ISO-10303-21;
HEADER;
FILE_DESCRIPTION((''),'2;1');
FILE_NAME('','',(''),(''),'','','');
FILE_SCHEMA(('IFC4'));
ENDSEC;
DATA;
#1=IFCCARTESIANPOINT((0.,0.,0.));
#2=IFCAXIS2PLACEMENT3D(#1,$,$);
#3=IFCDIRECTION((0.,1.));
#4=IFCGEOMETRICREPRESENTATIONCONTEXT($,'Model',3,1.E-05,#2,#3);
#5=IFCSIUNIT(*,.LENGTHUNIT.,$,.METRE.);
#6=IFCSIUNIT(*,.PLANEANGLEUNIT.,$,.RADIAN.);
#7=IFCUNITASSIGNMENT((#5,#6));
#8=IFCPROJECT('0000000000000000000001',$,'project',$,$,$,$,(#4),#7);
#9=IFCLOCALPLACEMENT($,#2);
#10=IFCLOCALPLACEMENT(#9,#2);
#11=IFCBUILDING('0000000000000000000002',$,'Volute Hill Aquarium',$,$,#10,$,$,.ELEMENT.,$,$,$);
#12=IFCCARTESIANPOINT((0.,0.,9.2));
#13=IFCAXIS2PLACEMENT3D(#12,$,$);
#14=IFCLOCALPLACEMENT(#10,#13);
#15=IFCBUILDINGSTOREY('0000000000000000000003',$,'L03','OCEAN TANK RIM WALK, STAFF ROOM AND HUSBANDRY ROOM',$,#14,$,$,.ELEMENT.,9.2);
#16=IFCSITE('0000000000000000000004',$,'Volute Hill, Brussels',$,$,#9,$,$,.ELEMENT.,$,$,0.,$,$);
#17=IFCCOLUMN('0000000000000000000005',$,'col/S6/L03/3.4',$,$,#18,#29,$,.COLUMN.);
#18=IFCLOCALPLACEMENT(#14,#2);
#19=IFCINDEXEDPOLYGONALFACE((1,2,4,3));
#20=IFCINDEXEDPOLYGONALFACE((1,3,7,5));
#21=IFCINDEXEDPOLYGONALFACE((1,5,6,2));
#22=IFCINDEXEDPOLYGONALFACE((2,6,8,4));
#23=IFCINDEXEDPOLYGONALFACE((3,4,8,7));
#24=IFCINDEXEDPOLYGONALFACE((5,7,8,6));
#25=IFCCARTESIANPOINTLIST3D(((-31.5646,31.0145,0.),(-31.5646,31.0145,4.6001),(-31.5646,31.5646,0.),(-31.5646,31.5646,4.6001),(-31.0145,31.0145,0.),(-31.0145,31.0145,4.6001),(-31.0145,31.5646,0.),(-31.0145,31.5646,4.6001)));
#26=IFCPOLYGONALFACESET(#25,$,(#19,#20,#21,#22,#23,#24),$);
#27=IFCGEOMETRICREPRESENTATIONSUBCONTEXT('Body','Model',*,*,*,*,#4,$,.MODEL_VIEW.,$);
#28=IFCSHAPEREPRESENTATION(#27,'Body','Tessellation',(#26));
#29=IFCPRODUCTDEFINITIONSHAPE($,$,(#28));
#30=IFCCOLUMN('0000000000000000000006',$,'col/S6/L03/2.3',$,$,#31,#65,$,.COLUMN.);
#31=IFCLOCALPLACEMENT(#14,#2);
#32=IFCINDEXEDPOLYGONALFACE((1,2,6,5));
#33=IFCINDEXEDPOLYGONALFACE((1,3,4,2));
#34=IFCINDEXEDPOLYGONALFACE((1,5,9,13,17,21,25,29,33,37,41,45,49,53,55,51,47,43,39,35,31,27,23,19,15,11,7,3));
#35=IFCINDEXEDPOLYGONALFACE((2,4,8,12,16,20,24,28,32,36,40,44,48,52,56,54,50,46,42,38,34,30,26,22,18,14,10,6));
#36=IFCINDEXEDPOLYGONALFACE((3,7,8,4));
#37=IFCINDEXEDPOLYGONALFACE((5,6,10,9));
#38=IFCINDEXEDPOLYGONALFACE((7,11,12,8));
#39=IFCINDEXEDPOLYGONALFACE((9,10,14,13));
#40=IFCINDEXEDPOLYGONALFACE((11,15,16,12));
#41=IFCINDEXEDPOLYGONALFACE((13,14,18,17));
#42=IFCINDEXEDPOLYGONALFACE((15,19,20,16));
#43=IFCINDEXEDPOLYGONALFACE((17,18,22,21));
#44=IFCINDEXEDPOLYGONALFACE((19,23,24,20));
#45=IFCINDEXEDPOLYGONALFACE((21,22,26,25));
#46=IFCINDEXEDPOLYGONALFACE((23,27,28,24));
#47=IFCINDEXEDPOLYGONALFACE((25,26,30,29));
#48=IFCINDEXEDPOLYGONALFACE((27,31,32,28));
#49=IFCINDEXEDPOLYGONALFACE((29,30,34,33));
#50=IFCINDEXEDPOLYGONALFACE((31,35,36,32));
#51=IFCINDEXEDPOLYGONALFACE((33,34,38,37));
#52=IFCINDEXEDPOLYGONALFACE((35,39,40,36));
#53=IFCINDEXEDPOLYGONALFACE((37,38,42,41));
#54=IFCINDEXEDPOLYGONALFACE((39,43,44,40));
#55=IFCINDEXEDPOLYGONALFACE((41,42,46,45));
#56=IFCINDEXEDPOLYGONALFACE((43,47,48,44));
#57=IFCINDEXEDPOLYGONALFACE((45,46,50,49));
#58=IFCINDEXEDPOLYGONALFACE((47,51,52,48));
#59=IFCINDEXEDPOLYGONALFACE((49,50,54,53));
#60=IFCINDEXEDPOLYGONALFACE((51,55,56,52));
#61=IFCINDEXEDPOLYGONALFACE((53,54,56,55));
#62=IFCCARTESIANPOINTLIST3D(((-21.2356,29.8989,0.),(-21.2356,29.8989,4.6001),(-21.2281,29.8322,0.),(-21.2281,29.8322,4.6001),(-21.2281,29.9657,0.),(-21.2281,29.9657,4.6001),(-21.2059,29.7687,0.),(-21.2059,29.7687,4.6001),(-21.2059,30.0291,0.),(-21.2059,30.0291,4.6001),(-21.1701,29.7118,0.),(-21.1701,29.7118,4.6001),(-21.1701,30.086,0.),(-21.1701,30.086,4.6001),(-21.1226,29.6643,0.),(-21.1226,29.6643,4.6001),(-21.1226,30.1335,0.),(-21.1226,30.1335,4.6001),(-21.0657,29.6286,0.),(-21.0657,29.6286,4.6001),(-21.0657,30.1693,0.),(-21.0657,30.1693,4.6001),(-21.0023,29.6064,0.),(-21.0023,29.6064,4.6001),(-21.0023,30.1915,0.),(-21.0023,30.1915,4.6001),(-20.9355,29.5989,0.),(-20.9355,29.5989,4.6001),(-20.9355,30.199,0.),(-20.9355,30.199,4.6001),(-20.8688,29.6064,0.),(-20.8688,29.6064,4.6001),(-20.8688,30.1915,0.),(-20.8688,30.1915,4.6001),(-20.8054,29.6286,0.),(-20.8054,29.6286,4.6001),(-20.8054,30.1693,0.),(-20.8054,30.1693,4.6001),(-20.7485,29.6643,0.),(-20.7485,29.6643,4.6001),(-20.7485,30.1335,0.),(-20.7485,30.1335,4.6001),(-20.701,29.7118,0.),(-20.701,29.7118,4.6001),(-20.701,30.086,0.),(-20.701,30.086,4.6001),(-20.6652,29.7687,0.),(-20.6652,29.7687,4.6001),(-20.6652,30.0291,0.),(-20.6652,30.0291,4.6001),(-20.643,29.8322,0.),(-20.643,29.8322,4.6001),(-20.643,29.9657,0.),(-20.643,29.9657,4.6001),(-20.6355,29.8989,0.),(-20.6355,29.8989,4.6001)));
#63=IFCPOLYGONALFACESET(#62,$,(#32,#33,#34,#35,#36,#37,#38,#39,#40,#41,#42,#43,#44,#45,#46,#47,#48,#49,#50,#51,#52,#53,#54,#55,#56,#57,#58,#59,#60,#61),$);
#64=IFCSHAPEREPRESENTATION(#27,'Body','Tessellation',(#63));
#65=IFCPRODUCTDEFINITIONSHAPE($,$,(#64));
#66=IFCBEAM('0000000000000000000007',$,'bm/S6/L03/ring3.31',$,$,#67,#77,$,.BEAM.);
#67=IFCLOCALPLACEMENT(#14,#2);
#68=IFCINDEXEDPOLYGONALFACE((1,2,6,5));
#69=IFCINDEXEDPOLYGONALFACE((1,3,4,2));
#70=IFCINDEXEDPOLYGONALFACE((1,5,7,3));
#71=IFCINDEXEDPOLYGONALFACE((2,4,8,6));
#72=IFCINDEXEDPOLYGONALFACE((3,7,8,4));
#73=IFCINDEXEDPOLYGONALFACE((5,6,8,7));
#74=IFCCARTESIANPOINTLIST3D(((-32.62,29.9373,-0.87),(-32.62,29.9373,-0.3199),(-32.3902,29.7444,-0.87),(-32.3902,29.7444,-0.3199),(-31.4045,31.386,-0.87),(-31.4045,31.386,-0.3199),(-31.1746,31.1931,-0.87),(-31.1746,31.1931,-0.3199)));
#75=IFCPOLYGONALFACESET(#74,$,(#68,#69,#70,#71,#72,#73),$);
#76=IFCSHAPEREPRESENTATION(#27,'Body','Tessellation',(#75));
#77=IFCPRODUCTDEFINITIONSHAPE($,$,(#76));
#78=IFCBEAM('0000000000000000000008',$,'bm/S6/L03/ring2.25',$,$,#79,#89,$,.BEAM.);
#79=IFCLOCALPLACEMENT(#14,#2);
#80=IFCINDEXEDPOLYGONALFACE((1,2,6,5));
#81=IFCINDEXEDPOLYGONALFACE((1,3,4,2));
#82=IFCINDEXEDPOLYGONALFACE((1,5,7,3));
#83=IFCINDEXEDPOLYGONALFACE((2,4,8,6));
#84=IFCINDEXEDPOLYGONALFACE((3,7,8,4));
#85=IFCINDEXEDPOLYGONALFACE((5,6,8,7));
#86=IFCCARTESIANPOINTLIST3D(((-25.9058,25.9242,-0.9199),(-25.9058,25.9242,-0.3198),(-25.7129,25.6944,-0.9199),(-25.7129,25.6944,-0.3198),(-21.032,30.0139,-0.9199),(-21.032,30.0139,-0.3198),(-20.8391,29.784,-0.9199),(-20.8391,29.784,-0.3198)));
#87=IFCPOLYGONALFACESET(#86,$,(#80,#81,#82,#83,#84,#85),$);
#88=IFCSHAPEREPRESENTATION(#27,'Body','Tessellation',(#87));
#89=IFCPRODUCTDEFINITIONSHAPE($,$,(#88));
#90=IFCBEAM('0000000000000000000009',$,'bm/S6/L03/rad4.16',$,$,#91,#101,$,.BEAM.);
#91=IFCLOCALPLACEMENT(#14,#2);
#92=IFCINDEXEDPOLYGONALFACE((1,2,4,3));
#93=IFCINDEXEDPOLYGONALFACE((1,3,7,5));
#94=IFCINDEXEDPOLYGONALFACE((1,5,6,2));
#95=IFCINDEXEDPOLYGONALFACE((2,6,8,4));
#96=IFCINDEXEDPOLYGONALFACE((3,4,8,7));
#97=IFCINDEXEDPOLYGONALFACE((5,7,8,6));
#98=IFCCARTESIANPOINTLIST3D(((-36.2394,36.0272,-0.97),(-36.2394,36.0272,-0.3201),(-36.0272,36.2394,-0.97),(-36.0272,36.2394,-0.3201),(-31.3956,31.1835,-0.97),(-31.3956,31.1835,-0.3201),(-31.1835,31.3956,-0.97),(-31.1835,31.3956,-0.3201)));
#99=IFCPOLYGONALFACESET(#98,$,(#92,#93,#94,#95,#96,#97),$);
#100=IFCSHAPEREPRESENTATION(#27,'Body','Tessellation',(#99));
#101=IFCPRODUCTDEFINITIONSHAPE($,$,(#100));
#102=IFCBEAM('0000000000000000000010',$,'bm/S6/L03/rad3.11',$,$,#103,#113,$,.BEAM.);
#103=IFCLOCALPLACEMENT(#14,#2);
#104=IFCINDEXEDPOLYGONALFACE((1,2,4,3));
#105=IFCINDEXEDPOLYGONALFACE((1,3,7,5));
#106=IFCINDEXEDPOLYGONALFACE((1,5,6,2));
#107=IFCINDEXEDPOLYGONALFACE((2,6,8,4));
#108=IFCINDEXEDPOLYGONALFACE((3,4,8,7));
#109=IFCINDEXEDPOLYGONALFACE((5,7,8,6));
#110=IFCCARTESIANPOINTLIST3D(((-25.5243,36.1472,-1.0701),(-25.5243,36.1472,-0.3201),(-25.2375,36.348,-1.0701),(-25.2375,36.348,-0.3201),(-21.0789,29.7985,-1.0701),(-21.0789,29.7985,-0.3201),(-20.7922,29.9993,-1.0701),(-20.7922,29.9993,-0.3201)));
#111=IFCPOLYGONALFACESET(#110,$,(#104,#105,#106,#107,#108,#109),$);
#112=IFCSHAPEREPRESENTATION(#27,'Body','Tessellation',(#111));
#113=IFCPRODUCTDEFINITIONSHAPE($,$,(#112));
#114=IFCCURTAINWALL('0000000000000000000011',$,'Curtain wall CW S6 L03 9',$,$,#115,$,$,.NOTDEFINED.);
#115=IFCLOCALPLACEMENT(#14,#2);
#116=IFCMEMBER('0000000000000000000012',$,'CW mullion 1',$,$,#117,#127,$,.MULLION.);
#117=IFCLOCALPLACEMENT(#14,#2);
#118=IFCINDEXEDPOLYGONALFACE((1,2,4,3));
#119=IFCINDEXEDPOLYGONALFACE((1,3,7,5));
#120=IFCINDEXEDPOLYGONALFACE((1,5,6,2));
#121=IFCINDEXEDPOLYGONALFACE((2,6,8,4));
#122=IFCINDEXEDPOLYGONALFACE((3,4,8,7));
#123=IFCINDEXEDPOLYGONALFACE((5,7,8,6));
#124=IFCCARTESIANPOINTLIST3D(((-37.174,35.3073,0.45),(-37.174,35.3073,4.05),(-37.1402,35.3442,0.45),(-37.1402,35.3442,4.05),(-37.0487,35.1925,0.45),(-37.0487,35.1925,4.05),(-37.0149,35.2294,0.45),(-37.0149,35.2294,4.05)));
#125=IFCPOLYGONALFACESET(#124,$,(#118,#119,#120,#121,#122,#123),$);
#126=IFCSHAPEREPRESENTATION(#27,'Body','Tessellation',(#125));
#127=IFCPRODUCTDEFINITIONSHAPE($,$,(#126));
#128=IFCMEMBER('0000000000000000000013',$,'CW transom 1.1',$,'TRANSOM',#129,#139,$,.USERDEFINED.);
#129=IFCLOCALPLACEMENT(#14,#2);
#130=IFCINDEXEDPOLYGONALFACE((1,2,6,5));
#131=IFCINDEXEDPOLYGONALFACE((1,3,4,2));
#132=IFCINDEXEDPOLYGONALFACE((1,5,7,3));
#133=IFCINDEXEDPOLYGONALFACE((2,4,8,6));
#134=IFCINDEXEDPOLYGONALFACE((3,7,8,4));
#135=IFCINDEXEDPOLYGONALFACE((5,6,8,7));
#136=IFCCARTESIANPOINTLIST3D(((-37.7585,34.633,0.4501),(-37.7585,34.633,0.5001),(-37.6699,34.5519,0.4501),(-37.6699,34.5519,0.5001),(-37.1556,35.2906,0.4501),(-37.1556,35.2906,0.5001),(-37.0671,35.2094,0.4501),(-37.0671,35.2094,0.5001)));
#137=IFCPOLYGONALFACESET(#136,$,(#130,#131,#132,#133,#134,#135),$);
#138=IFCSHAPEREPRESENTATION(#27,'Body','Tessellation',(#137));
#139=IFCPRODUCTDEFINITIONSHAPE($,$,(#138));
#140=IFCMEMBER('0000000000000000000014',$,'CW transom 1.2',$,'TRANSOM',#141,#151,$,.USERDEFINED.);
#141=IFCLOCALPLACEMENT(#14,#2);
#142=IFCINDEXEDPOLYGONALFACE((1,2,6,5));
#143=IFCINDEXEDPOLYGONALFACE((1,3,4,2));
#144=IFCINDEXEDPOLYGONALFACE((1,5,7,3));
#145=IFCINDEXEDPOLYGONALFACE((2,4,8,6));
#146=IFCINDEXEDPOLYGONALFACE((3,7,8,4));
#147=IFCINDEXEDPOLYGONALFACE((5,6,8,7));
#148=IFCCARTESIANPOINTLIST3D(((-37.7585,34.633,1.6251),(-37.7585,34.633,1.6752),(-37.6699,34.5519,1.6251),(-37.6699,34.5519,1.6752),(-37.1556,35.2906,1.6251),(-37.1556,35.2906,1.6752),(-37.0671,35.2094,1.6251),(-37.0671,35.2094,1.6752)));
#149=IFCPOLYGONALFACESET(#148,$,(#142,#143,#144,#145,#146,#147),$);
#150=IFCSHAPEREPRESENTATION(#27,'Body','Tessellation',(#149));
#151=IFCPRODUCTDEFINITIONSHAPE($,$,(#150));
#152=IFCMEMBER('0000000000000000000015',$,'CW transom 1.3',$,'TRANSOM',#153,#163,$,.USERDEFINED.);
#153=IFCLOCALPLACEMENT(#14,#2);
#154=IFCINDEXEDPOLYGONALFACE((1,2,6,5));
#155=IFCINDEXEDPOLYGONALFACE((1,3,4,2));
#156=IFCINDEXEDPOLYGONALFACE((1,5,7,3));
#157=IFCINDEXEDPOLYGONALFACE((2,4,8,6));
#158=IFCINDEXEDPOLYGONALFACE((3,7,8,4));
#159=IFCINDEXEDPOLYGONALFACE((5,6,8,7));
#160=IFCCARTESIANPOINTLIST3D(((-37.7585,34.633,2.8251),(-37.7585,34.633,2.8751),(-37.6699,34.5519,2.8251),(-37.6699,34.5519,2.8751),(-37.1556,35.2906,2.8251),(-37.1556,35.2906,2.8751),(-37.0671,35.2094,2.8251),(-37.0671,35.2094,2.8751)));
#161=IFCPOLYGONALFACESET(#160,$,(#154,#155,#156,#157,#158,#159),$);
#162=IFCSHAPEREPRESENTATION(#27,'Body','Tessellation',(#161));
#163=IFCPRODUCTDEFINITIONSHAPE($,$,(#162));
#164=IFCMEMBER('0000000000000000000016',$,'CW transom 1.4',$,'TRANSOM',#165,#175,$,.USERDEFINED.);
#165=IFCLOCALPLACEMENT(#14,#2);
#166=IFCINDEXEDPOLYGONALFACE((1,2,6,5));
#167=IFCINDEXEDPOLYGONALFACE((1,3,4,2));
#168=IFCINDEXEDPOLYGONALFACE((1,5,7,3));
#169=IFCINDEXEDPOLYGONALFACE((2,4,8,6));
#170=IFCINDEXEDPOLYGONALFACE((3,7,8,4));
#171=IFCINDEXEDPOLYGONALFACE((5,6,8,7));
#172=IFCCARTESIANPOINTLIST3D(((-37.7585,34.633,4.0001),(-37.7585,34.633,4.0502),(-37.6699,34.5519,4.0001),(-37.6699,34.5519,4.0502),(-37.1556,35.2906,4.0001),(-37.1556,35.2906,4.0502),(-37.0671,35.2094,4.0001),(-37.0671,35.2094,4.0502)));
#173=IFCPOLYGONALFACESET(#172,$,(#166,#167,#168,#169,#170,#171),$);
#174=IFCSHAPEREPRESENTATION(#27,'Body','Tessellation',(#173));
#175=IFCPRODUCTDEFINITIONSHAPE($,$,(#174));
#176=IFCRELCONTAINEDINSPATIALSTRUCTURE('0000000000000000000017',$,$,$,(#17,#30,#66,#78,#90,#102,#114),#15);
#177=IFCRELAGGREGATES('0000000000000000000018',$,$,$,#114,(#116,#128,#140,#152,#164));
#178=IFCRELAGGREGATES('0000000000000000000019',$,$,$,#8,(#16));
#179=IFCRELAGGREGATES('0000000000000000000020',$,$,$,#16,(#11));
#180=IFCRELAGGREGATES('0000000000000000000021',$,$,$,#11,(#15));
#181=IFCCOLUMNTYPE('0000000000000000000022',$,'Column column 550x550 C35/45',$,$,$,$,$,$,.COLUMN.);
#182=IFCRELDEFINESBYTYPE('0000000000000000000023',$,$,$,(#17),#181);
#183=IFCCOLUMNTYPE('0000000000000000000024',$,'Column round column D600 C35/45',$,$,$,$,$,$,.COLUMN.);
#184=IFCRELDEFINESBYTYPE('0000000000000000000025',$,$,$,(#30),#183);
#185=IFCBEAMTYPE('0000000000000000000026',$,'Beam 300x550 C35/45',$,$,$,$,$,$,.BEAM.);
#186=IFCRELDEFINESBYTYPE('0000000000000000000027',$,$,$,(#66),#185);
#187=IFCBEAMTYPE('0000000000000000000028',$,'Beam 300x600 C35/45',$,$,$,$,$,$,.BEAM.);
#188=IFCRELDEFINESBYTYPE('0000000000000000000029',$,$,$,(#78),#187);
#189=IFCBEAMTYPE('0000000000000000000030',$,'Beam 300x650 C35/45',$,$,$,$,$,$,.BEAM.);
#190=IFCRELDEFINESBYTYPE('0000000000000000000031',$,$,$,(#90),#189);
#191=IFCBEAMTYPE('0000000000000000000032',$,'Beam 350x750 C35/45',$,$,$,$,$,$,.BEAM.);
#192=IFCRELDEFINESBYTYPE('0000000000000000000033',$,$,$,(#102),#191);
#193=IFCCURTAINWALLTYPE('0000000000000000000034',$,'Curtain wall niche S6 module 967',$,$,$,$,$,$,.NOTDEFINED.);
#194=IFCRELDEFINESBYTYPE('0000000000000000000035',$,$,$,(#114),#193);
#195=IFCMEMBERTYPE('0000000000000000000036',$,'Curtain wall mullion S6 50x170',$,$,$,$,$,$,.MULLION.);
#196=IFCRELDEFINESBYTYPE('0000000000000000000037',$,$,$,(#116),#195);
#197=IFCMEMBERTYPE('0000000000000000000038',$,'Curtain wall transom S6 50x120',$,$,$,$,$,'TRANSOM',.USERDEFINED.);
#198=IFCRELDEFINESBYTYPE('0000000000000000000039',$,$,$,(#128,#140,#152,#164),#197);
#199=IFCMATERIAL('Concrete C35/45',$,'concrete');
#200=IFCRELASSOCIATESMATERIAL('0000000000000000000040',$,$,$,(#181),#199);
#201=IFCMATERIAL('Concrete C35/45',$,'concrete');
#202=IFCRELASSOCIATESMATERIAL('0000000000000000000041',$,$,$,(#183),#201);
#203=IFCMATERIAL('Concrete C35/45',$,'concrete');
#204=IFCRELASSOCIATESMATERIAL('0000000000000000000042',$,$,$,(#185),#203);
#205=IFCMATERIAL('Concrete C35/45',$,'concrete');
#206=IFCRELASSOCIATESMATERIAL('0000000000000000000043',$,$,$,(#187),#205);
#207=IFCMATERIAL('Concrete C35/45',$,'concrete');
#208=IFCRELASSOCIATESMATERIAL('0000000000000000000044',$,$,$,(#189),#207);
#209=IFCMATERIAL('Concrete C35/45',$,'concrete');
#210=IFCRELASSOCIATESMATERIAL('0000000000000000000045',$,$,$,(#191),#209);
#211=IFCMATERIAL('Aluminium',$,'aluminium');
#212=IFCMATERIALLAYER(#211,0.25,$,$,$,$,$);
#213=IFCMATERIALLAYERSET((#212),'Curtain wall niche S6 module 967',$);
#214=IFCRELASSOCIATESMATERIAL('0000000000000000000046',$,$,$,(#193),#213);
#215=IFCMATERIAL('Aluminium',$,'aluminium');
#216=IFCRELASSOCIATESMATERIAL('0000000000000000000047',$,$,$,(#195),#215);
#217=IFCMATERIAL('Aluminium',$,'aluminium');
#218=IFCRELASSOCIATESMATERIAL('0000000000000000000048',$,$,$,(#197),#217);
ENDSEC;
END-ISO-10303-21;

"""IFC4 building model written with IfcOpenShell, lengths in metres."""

from ifc_helpers import new_model, si_unit, direction, frame, origin, origin_2d, place, context, subcontext, project, spatial, rectangle, circle, extrude, material, layer, layer_set, material_profile, profile_set, type_object, element, aggregate, save


model = new_model("IFC4")

# Units and contexts
model_context = context("Model", 3, precision=1e-05, world=origin(), true_north=direction((0.0, 1.0)))
body_context = subcontext(model_context, "Body", "Model", "MODEL_VIEW")
ifc_project = project(units=[si_unit("LENGTHUNIT", "METRE"), si_unit("PLANEANGLEUNIT", "RADIAN")], contexts=[model_context])

# Site, building, storey
site_placement = place(None, origin())
site = spatial("IfcSite", under=ifc_project, at=site_placement, Name="Volute Hill, Brussels", CompositionType="ELEMENT", RefElevation=0.0)
building_placement = place(site_placement, origin())
building = spatial("IfcBuilding", under=site, at=building_placement, Name="Volute Hill Aquarium", CompositionType="ELEMENT")
storey_placement = place(building_placement, frame((0.0, 0.0, 9.2)))
storey = spatial("IfcBuildingStorey", under=building, at=storey_placement, Name="L03", Description="OCEAN TANK RIM WALK, STAFF ROOM AND HUSBANDRY ROOM", CompositionType="ELEMENT", Elevation=9.2)

# Columns
ifc_material_1 = material(Name="Concrete C35/45", Category="concrete")
ifc_material_profile_1 = material_profile(ifc_material_1, rectangle(XDim=0.55, YDim=0.55, at=origin_2d()), Name="RC column 550x550")
ifc_profile_set_1 = profile_set([ifc_material_profile_1], Name="Concrete C35/45")
column_type_1 = type_object("IfcColumnType", Name="Column column 550x550 C35/45", PredefinedType="COLUMN", material=ifc_profile_set_1)
column_1_placement = place(storey_placement, frame((-31.2896, 31.2896, 0.0), z_axis=(0.0, 0.0, 1.0), x_axis=(1.0, 0.0, 0.0)))
element("IfcColumn", 1, at=column_1_placement, inside=storey, type_object=column_type_1, Name="col/S6/L03/3.4", PredefinedType="COLUMN", context=body_context, shape_type="SweptSolid", body=[
    extrude(rectangle(XDim=0.55, YDim=0.55, at=origin_2d()), origin(), (0.0, 0.0, 1.0), 4.6001),
])
ifc_material_2 = material(Name="Concrete C35/45", Category="concrete")
ifc_material_profile_2 = material_profile(ifc_material_2, circle(Radius=0.3, at=origin_2d()), Name="RC round column D600")
ifc_profile_set_2 = profile_set([ifc_material_profile_2], Name="Concrete C35/45")
column_type_2 = type_object("IfcColumnType", Name="Column round column D600 C35/45", PredefinedType="COLUMN", material=ifc_profile_set_2)
column_2_placement = place(storey_placement, frame((-20.9355, 29.8989, 0.0), z_axis=(0.0, 0.0, 1.0), x_axis=(1.0, 0.0, 0.0)))
element("IfcColumn", 2, at=column_2_placement, inside=storey, type_object=column_type_2, Name="col/S6/L03/2.3", PredefinedType="COLUMN", context=body_context, shape_type="SweptSolid", body=[
    extrude(circle(Radius=0.3, at=origin_2d()), origin(), (0.0, 0.0, 1.0), 4.6001),
])

# Beams
ifc_material_3 = material(Name="Concrete C35/45", Category="concrete")
ifc_material_profile_3 = material_profile(ifc_material_3, rectangle(XDim=0.3, YDim=0.55, at=origin_2d()), Name="RC beam 300x550")
ifc_profile_set_3 = profile_set([ifc_material_profile_3], Name="Concrete C35/45")
beam_type_1 = type_object("IfcBeamType", Name="Beam 300x550 C35/45", PredefinedType="BEAM", material=ifc_profile_set_3)
beam_1_placement = place(storey_placement, frame((-31.2896, 31.2896, -0.595), z_axis=(-0.642771, -0.766058, 0.0), x_axis=(0.766058, -0.642771, 0.0)))
element("IfcBeam", 3, at=beam_1_placement, inside=storey, type_object=beam_type_1, Name="bm/S6/L03/ring3.31", PredefinedType="BEAM", context=body_context, shape_type="SweptSolid", body=[
    extrude(rectangle(XDim=0.3, YDim=0.55, at=origin_2d()), origin(), (0.0, 0.0, 1.0), 1.8911),
])
ifc_material_4 = material(Name="Concrete C35/45", Category="concrete")
ifc_material_profile_4 = material_profile(ifc_material_4, rectangle(XDim=0.3, YDim=0.6001, at=origin_2d()), Name="RC beam 300x600")
ifc_profile_set_4 = profile_set([ifc_material_profile_4], Name="Concrete C35/45")
beam_type_2 = type_object("IfcBeamType", Name="Beam 300x600 C35/45", PredefinedType="BEAM", material=ifc_profile_set_4)
beam_2_placement = place(storey_placement, frame((-20.9355, 29.8989, -0.6199), z_axis=(-0.766043, -0.642789, 0.0), x_axis=(0.642789, -0.766043, 0.0)))
element("IfcBeam", 4, at=beam_2_placement, inside=storey, type_object=beam_type_2, Name="bm/S6/L03/ring2.25", PredefinedType="BEAM", context=body_context, shape_type="SweptSolid", body=[
    extrude(rectangle(XDim=0.3, YDim=0.6001, at=origin_2d()), origin(), (0.0, 0.0, 1.0), 6.3623),
])
ifc_material_5 = material(Name="Concrete C35/45", Category="concrete")
ifc_material_profile_5 = material_profile(ifc_material_5, rectangle(XDim=0.3, YDim=0.6499, at=origin_2d()), Name="RC beam 300x650")
ifc_profile_set_5 = profile_set([ifc_material_profile_5], Name="Concrete C35/45")
beam_type_3 = type_object("IfcBeamType", Name="Beam 300x650 C35/45", PredefinedType="BEAM", material=ifc_profile_set_5)
beam_3_placement = place(storey_placement, frame((-31.2896, 31.2896, -0.645), z_axis=(-0.707107, 0.707107, 0.0), x_axis=(-0.707107, -0.707107, 0.0)))
element("IfcBeam", 5, at=beam_3_placement, inside=storey, type_object=beam_type_3, Name="bm/S6/L03/rad4.16", PredefinedType="BEAM", context=body_context, shape_type="SweptSolid", body=[
    extrude(rectangle(XDim=0.3, YDim=0.6499, at=origin_2d()), origin(), (0.0, 0.0, 1.0), 6.8501),
])
ifc_material_6 = material(Name="Concrete C35/45", Category="concrete")
ifc_material_profile_6 = material_profile(ifc_material_6, rectangle(XDim=0.3501, YDim=0.75, at=origin_2d()), Name="RC beam 350x750")
ifc_profile_set_6 = profile_set([ifc_material_profile_6], Name="Concrete C35/45")
beam_type_4 = type_object("IfcBeamType", Name="Beam 350x750 C35/45", PredefinedType="BEAM", material=ifc_profile_set_6)
beam_4_placement = place(storey_placement, frame((-20.9355, 29.8989, -0.6951), z_axis=(-0.573572, 0.819155, 0.0), x_axis=(-0.819155, -0.573572, 0.0)))
element("IfcBeam", 6, at=beam_4_placement, inside=storey, type_object=beam_type_4, Name="bm/S6/L03/rad3.11", PredefinedType="BEAM", context=body_context, shape_type="SweptSolid", body=[
    extrude(rectangle(XDim=0.3501, YDim=0.75, at=origin_2d()), origin(), (0.0, 0.0, 1.0), 7.7502),
])

# Curtain wall, members
ifc_material_7 = material(Name="Aluminium", Category="aluminium")
ifc_layer_1 = layer(ifc_material_7, 0.25)
ifc_layer_set_1 = layer_set([ifc_layer_1], Name="Curtain wall niche S6 module 967")
curtain_wall_type = type_object("IfcCurtainWallType", Name="Curtain wall niche S6 module 967", PredefinedType="NOTDEFINED", material=ifc_layer_set_1)
curtain_wall_placement = place(storey_placement, origin())
curtain_wall = element("IfcCurtainWall", 7, at=curtain_wall_placement, inside=storey, type_object=curtain_wall_type, Name="Curtain wall CW S6 L03 9", PredefinedType="NOTDEFINED")
ifc_material_8 = material(Name="Aluminium", Category="aluminium")
ifc_material_profile_7 = material_profile(ifc_material_8, rectangle(XDim=0.1699, YDim=0.05, at=origin_2d()), Name="Curtain wall mullion S6 50x170")
ifc_profile_set_7 = profile_set([ifc_material_profile_7], Name="Aluminium")
member_type_1 = type_object("IfcMemberType", Name="Curtain wall mullion S6 50x170", PredefinedType="MULLION", material=ifc_profile_set_7)
member_1_placement = place(storey_placement, frame((-37.0945, 35.2683, 0.45), z_axis=(0.0, 0.0, 1.0), x_axis=(0.737285, -0.675582, 0.0)))
member_1 = element("IfcMember", 8, at=member_1_placement, type_object=member_type_1, Name="CW mullion 1", PredefinedType="MULLION", context=body_context, shape_type="SweptSolid", body=[
    extrude(rectangle(XDim=0.1699, YDim=0.05, at=origin_2d()), origin(), (0.0, 0.0, 1.0), 3.6001),
])
ifc_material_9 = material(Name="Aluminium", Category="aluminium")
ifc_material_profile_8 = material_profile(ifc_material_9, rectangle(XDim=0.1201, YDim=0.05, at=origin_2d()), Name="Curtain wall transom S6 50x120")
ifc_profile_set_8 = profile_set([ifc_material_profile_8], Name="Aluminium")
member_type_2 = type_object("IfcMemberType", Name="Curtain wall transom S6 50x120", ElementType="TRANSOM", PredefinedType="USERDEFINED", material=ifc_profile_set_8)
member_2_placement = place(storey_placement, frame((-37.1113, 35.25, 0.4751), z_axis=(-0.675787, -0.737097, 0.0), x_axis=(0.737097, -0.675787, 0.0)))
member_2 = element("IfcMember", 9, at=member_2_placement, type_object=member_type_2, Name="CW transom 1.1", ObjectType="TRANSOM", PredefinedType="USERDEFINED", context=body_context, shape_type="SweptSolid", body=[
    extrude(rectangle(XDim=0.1201, YDim=0.05, at=origin_2d()), origin(), (0.0, 0.0, 1.0), 0.8921),
])
member_3_placement = place(storey_placement, frame((-37.1113, 35.25, 1.6501), z_axis=(-0.675787, -0.737097, 0.0), x_axis=(0.737097, -0.675787, 0.0)))
member_3 = element("IfcMember", 10, at=member_3_placement, type_object=member_type_2, Name="CW transom 1.2", ObjectType="TRANSOM", PredefinedType="USERDEFINED", context=body_context, shape_type="SweptSolid", body=[
    extrude(rectangle(XDim=0.1201, YDim=0.05, at=origin_2d()), origin(), (0.0, 0.0, 1.0), 0.8921),
])
member_4_placement = place(storey_placement, frame((-37.1113, 35.25, 2.8501), z_axis=(-0.675787, -0.737097, 0.0), x_axis=(0.737097, -0.675787, 0.0)))
member_4 = element("IfcMember", 11, at=member_4_placement, type_object=member_type_2, Name="CW transom 1.3", ObjectType="TRANSOM", PredefinedType="USERDEFINED", context=body_context, shape_type="SweptSolid", body=[
    extrude(rectangle(XDim=0.1201, YDim=0.05, at=origin_2d()), origin(), (0.0, 0.0, 1.0), 0.8921),
])
member_5_placement = place(storey_placement, frame((-37.1113, 35.25, 4.0251), z_axis=(-0.675787, -0.737097, 0.0), x_axis=(0.737097, -0.675787, 0.0)))
member_5 = element("IfcMember", 12, at=member_5_placement, type_object=member_type_2, Name="CW transom 1.4", ObjectType="TRANSOM", PredefinedType="USERDEFINED", context=body_context, shape_type="SweptSolid", body=[
    extrude(rectangle(XDim=0.1201, YDim=0.05, at=origin_2d()), origin(), (0.0, 0.0, 1.0), 0.8921),
])

aggregate(curtain_wall, [member_1, member_2, member_3, member_4, member_5])

save(model, "model.ifc")
